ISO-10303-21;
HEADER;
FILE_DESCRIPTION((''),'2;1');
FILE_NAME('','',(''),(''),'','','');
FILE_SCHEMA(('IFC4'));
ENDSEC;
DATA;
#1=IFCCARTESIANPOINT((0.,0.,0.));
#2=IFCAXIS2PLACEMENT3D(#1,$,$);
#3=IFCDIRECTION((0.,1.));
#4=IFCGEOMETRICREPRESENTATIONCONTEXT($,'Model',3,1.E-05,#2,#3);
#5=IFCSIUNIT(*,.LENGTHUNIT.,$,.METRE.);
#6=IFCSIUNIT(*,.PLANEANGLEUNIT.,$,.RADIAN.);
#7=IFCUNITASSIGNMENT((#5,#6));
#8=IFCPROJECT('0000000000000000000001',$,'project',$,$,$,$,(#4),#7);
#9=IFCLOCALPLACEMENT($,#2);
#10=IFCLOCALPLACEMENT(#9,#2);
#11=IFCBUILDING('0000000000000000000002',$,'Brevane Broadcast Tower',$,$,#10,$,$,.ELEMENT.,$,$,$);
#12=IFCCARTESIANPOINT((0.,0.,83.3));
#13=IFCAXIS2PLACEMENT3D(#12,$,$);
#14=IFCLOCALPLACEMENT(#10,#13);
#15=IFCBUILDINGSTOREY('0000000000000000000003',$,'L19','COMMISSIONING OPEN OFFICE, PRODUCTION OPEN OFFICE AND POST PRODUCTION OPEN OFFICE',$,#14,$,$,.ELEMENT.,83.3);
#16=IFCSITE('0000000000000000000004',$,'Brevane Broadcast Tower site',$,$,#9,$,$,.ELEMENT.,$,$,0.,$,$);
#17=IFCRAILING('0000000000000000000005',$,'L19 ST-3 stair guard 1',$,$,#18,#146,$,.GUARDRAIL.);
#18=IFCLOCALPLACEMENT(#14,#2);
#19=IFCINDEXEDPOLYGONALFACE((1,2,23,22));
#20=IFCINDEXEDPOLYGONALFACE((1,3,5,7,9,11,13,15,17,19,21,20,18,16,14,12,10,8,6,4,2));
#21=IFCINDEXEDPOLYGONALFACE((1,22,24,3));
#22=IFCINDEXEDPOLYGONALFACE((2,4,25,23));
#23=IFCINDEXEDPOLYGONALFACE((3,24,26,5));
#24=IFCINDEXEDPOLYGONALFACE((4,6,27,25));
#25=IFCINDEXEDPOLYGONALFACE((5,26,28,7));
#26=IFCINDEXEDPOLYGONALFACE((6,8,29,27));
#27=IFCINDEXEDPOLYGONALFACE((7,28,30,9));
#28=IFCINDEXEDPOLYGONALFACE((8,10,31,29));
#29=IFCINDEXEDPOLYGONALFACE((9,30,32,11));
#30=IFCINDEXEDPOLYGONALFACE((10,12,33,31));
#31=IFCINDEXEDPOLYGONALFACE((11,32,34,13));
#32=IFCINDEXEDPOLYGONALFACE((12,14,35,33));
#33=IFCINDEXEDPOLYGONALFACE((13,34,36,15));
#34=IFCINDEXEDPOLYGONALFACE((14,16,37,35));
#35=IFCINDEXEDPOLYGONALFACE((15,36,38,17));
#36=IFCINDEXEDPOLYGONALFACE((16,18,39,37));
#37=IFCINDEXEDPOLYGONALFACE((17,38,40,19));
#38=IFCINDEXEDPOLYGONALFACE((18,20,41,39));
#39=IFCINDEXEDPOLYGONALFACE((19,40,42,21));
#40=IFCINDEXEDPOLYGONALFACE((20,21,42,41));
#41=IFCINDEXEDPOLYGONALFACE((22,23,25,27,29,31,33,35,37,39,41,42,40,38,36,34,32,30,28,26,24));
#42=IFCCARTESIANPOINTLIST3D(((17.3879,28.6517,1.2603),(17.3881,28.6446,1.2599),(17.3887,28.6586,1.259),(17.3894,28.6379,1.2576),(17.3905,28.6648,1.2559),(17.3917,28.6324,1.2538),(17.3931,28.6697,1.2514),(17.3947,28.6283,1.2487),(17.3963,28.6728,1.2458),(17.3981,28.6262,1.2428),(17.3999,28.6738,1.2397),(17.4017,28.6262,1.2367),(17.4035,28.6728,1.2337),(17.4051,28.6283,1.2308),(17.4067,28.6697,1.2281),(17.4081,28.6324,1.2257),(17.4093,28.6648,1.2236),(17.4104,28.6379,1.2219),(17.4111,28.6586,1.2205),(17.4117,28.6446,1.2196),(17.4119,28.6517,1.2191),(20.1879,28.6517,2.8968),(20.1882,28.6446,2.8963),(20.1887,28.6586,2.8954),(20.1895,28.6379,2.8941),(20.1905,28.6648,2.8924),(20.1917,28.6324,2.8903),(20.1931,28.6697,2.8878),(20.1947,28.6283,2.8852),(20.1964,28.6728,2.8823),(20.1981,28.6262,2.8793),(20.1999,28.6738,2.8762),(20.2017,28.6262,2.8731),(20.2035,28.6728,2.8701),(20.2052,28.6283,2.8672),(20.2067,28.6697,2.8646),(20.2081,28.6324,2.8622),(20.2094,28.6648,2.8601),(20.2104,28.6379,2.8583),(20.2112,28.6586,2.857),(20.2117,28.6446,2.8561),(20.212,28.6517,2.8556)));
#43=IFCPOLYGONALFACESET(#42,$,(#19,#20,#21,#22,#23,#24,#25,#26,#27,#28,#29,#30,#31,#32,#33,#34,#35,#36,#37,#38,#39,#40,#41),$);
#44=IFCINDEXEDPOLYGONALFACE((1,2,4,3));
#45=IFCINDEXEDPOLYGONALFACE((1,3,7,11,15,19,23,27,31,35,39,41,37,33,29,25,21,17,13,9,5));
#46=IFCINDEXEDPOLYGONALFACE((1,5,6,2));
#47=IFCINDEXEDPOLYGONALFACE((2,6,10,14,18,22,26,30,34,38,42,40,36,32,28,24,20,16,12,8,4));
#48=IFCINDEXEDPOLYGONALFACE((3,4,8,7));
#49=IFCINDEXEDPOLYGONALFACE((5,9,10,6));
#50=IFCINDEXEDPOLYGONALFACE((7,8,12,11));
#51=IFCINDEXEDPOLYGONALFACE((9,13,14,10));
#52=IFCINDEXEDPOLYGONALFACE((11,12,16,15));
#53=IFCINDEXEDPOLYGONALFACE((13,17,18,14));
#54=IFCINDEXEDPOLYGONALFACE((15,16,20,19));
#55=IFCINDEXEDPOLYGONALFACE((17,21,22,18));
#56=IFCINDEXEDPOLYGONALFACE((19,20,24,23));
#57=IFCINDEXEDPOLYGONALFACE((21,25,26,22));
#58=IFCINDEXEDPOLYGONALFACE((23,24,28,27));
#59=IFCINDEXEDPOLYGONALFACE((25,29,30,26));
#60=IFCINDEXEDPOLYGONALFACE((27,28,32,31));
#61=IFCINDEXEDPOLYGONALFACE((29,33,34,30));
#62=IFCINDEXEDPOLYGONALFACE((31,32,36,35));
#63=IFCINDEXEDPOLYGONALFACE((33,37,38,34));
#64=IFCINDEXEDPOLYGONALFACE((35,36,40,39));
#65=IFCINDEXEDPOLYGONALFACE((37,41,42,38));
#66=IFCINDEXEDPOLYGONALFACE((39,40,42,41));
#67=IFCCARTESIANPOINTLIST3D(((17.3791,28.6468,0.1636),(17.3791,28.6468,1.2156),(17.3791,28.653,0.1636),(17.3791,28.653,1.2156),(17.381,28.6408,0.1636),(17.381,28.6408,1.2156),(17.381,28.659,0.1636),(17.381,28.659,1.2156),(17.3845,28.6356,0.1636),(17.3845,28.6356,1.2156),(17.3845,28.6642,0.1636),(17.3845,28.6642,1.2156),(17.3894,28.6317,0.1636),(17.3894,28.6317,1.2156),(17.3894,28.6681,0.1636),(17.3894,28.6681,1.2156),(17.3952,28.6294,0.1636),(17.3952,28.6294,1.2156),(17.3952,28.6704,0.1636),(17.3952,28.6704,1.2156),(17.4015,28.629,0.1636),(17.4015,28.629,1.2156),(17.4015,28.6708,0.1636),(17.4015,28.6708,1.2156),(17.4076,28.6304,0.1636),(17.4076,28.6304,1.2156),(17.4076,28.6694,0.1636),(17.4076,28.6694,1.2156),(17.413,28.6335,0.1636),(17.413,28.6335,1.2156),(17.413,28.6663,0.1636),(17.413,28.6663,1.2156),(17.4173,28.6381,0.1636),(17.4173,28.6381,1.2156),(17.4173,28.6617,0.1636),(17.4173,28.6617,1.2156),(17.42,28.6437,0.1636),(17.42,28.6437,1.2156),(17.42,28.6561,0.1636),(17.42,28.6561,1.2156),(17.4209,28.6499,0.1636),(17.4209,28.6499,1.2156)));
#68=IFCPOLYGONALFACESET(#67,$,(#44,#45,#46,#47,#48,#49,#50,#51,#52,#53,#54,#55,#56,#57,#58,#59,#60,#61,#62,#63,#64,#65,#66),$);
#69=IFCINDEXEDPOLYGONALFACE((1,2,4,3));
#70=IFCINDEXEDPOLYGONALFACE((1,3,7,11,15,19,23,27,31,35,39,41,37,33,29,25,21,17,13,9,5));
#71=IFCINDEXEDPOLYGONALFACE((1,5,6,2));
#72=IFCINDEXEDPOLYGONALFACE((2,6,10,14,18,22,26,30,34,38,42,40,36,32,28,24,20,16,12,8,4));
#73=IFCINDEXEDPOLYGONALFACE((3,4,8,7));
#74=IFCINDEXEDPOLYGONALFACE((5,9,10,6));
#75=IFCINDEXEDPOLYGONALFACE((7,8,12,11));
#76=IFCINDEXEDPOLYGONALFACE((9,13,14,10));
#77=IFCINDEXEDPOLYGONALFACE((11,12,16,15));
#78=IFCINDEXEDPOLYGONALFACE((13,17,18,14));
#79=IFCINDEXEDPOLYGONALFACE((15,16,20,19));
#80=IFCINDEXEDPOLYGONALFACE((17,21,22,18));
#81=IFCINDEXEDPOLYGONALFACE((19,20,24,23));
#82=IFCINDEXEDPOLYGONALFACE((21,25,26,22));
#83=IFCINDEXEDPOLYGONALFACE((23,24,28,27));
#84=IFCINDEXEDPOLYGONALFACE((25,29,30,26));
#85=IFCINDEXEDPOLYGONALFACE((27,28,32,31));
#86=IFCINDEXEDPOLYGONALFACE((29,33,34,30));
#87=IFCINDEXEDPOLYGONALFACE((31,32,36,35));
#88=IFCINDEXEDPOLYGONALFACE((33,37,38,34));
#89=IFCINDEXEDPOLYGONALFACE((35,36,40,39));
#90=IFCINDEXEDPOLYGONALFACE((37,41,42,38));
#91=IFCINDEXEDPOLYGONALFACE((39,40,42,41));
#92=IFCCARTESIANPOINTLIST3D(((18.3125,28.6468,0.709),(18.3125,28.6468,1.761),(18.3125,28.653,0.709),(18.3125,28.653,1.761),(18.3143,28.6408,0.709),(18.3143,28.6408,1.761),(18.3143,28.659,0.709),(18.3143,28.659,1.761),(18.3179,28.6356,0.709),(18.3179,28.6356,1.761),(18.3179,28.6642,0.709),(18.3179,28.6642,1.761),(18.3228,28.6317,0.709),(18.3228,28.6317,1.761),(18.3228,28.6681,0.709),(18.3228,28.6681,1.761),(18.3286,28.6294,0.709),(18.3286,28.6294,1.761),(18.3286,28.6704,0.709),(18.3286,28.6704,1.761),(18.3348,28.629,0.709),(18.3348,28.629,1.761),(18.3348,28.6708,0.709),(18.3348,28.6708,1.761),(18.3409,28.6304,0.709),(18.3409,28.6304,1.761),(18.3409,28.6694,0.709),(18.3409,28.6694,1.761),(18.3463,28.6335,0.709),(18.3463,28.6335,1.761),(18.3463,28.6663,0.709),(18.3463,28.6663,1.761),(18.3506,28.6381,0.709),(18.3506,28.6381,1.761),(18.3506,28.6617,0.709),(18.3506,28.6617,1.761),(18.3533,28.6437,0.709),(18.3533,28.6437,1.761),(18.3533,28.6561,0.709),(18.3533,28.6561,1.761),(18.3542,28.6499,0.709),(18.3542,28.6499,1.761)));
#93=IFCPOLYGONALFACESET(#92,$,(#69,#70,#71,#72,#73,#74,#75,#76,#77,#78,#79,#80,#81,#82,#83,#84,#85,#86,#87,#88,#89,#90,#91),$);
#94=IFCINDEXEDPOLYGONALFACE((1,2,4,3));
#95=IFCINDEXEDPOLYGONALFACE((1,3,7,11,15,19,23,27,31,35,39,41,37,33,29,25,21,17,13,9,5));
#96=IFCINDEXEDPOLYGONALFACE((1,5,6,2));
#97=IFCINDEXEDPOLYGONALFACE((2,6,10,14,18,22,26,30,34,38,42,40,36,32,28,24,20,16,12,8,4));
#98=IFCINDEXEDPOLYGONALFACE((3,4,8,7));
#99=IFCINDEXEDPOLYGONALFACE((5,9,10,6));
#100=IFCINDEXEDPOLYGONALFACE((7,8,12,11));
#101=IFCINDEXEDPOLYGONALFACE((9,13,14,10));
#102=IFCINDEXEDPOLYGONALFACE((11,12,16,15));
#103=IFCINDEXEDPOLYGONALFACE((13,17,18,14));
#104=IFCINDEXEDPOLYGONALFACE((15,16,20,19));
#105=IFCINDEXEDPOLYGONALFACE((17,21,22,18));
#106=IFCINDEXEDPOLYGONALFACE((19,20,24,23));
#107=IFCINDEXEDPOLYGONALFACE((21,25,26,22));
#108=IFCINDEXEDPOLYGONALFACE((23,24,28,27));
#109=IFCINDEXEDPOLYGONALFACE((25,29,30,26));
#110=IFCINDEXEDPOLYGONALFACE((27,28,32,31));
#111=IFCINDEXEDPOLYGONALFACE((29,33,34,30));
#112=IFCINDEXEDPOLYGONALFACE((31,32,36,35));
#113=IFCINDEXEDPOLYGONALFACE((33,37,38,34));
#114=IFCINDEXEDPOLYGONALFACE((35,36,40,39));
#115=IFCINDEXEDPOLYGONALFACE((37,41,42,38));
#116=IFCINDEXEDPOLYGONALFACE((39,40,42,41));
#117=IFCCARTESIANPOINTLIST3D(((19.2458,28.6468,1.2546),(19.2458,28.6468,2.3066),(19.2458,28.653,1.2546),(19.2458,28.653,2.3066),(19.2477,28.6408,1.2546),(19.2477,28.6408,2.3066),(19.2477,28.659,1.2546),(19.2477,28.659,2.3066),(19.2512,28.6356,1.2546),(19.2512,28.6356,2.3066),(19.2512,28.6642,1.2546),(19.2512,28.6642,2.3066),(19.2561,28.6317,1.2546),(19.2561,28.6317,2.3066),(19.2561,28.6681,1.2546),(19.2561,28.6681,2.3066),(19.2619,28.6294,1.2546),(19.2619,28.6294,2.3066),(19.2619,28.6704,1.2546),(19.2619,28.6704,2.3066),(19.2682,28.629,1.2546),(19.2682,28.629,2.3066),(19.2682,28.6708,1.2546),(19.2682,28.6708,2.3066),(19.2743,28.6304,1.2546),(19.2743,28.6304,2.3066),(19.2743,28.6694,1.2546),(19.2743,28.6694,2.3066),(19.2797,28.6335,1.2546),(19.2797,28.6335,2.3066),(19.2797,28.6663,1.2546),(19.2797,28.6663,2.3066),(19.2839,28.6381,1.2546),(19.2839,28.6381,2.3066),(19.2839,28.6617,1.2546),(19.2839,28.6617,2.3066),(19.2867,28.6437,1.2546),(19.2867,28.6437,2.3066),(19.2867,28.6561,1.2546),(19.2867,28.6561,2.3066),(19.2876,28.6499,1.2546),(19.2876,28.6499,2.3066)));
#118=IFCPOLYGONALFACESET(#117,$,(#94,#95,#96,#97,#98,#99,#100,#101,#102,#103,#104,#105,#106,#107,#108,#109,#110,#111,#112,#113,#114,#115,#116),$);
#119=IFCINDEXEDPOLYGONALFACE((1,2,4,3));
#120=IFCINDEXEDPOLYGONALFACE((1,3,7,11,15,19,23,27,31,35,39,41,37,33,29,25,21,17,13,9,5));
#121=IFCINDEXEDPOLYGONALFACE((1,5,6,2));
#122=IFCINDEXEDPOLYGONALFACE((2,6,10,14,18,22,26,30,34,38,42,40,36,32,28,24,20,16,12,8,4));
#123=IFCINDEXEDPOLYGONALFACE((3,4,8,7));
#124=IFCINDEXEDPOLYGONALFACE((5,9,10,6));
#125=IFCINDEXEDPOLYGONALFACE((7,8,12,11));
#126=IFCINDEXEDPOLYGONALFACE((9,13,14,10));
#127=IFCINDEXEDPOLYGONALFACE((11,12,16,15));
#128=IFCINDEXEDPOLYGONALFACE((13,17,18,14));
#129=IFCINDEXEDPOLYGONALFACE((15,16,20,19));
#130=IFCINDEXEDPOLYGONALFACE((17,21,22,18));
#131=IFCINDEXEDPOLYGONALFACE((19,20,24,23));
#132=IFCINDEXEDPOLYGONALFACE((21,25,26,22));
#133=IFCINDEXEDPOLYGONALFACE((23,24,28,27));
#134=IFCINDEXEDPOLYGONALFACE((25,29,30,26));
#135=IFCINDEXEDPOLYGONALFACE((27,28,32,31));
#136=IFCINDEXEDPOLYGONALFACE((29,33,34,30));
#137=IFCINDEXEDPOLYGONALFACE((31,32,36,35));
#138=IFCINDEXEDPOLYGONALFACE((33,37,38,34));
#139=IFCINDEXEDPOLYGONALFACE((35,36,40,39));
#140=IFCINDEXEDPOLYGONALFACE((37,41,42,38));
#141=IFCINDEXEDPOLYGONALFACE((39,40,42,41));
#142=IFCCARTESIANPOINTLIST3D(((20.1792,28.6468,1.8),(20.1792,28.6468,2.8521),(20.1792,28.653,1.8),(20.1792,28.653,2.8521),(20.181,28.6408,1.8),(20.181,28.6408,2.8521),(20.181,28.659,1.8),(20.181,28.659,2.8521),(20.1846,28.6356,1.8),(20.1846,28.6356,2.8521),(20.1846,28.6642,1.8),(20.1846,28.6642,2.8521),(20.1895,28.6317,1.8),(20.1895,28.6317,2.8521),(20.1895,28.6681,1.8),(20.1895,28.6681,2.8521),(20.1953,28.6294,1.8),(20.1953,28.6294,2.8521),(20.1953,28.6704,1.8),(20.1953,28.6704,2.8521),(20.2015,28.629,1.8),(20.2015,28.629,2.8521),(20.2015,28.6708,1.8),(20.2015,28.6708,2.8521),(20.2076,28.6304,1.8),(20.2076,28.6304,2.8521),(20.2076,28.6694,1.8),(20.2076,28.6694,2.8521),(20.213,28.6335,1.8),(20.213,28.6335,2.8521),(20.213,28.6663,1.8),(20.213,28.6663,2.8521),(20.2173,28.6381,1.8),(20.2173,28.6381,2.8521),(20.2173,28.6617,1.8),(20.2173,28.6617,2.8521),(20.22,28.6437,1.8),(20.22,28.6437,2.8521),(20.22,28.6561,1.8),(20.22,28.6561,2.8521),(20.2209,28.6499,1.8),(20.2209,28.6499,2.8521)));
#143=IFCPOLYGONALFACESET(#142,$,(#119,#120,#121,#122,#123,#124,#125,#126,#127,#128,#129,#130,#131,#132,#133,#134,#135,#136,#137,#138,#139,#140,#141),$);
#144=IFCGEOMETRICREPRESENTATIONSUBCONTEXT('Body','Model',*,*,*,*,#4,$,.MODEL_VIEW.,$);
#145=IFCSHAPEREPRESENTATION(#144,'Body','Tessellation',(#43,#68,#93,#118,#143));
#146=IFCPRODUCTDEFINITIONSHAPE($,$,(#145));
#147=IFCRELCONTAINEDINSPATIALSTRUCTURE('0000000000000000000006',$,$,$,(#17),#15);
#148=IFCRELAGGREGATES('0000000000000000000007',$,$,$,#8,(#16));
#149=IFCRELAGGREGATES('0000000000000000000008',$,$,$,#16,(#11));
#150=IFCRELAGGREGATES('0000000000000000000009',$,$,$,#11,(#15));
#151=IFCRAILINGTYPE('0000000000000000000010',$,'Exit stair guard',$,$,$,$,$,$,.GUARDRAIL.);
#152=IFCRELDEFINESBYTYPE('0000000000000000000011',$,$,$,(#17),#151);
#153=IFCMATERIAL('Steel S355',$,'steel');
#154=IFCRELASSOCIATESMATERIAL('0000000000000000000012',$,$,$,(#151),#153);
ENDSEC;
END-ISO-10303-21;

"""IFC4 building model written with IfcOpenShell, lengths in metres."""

from ifc_helpers import new_model, si_unit, direction, frame, origin, origin_2d, place, context, subcontext, project, spatial, circle, extrude, material, type_object, element, save


model = new_model("IFC4")

# Units and contexts
model_context = context("Model", 3, precision=1e-05, world=origin(), true_north=direction((0.0, 1.0)))
body_context = subcontext(model_context, "Body", "Model", "MODEL_VIEW")
ifc_project = project(units=[si_unit("LENGTHUNIT", "METRE"), si_unit("PLANEANGLEUNIT", "RADIAN")], contexts=[model_context])

# Site, building, storey
site_placement = place(None, origin())
site = spatial("IfcSite", under=ifc_project, at=site_placement, Name="Brevane Broadcast Tower site", CompositionType="ELEMENT", RefElevation=0.0)
building_placement = place(site_placement, origin())
building = spatial("IfcBuilding", under=site, at=building_placement, Name="Brevane Broadcast Tower", CompositionType="ELEMENT")
storey_placement = place(building_placement, frame((0.0, 0.0, 83.3)))
storey = spatial("IfcBuildingStorey", under=building, at=storey_placement, Name="L19", Description="COMMISSIONING OPEN OFFICE, PRODUCTION OPEN OFFICE AND POST PRODUCTION OPEN OFFICE", CompositionType="ELEMENT", Elevation=83.3)

# Railing
ifc_material_1 = material(Name="Steel S355", Category="steel")
railing_type_1 = type_object("IfcRailingType", Name="Exit stair guard", PredefinedType="GUARDRAIL", material=ifc_material_1)
railing_1_placement = place(storey_placement, frame((17.3999, 28.6499, 0.1636)))
element("IfcRailing", 1, at=railing_1_placement, inside=storey, type_object=railing_type_1, Name="L19 ST-3 stair guard 1", PredefinedType="GUARDRAIL", context=body_context, shape_type="SweptSolid", body=[
    extrude(circle(Radius=0.0239, at=origin_2d()), frame((0.0, 0.0, 1.0762), z_axis=(0.863361, 0.0, 0.504587), x_axis=(0.0, 1.0, 0.0)), (0.0, 0.0, 1.0), 3.2432),
    extrude(circle(Radius=0.021, at=origin_2d()), origin(), (0.0, 0.0, 1.0), 1.052),
    extrude(circle(Radius=0.021, at=origin_2d()), frame((0.9333, 0.0, 0.5454)), (0.0, 0.0, 1.0), 1.052),
    extrude(circle(Radius=0.021, at=origin_2d()), frame((1.8667, 0.0, 1.0911)), (0.0, 0.0, 1.0), 1.052),
    extrude(circle(Radius=0.021, at=origin_2d()), frame((2.8, 0.0, 1.6365)), (0.0, 0.0, 1.0), 1.052),
])

save(model, "model.ifc")
